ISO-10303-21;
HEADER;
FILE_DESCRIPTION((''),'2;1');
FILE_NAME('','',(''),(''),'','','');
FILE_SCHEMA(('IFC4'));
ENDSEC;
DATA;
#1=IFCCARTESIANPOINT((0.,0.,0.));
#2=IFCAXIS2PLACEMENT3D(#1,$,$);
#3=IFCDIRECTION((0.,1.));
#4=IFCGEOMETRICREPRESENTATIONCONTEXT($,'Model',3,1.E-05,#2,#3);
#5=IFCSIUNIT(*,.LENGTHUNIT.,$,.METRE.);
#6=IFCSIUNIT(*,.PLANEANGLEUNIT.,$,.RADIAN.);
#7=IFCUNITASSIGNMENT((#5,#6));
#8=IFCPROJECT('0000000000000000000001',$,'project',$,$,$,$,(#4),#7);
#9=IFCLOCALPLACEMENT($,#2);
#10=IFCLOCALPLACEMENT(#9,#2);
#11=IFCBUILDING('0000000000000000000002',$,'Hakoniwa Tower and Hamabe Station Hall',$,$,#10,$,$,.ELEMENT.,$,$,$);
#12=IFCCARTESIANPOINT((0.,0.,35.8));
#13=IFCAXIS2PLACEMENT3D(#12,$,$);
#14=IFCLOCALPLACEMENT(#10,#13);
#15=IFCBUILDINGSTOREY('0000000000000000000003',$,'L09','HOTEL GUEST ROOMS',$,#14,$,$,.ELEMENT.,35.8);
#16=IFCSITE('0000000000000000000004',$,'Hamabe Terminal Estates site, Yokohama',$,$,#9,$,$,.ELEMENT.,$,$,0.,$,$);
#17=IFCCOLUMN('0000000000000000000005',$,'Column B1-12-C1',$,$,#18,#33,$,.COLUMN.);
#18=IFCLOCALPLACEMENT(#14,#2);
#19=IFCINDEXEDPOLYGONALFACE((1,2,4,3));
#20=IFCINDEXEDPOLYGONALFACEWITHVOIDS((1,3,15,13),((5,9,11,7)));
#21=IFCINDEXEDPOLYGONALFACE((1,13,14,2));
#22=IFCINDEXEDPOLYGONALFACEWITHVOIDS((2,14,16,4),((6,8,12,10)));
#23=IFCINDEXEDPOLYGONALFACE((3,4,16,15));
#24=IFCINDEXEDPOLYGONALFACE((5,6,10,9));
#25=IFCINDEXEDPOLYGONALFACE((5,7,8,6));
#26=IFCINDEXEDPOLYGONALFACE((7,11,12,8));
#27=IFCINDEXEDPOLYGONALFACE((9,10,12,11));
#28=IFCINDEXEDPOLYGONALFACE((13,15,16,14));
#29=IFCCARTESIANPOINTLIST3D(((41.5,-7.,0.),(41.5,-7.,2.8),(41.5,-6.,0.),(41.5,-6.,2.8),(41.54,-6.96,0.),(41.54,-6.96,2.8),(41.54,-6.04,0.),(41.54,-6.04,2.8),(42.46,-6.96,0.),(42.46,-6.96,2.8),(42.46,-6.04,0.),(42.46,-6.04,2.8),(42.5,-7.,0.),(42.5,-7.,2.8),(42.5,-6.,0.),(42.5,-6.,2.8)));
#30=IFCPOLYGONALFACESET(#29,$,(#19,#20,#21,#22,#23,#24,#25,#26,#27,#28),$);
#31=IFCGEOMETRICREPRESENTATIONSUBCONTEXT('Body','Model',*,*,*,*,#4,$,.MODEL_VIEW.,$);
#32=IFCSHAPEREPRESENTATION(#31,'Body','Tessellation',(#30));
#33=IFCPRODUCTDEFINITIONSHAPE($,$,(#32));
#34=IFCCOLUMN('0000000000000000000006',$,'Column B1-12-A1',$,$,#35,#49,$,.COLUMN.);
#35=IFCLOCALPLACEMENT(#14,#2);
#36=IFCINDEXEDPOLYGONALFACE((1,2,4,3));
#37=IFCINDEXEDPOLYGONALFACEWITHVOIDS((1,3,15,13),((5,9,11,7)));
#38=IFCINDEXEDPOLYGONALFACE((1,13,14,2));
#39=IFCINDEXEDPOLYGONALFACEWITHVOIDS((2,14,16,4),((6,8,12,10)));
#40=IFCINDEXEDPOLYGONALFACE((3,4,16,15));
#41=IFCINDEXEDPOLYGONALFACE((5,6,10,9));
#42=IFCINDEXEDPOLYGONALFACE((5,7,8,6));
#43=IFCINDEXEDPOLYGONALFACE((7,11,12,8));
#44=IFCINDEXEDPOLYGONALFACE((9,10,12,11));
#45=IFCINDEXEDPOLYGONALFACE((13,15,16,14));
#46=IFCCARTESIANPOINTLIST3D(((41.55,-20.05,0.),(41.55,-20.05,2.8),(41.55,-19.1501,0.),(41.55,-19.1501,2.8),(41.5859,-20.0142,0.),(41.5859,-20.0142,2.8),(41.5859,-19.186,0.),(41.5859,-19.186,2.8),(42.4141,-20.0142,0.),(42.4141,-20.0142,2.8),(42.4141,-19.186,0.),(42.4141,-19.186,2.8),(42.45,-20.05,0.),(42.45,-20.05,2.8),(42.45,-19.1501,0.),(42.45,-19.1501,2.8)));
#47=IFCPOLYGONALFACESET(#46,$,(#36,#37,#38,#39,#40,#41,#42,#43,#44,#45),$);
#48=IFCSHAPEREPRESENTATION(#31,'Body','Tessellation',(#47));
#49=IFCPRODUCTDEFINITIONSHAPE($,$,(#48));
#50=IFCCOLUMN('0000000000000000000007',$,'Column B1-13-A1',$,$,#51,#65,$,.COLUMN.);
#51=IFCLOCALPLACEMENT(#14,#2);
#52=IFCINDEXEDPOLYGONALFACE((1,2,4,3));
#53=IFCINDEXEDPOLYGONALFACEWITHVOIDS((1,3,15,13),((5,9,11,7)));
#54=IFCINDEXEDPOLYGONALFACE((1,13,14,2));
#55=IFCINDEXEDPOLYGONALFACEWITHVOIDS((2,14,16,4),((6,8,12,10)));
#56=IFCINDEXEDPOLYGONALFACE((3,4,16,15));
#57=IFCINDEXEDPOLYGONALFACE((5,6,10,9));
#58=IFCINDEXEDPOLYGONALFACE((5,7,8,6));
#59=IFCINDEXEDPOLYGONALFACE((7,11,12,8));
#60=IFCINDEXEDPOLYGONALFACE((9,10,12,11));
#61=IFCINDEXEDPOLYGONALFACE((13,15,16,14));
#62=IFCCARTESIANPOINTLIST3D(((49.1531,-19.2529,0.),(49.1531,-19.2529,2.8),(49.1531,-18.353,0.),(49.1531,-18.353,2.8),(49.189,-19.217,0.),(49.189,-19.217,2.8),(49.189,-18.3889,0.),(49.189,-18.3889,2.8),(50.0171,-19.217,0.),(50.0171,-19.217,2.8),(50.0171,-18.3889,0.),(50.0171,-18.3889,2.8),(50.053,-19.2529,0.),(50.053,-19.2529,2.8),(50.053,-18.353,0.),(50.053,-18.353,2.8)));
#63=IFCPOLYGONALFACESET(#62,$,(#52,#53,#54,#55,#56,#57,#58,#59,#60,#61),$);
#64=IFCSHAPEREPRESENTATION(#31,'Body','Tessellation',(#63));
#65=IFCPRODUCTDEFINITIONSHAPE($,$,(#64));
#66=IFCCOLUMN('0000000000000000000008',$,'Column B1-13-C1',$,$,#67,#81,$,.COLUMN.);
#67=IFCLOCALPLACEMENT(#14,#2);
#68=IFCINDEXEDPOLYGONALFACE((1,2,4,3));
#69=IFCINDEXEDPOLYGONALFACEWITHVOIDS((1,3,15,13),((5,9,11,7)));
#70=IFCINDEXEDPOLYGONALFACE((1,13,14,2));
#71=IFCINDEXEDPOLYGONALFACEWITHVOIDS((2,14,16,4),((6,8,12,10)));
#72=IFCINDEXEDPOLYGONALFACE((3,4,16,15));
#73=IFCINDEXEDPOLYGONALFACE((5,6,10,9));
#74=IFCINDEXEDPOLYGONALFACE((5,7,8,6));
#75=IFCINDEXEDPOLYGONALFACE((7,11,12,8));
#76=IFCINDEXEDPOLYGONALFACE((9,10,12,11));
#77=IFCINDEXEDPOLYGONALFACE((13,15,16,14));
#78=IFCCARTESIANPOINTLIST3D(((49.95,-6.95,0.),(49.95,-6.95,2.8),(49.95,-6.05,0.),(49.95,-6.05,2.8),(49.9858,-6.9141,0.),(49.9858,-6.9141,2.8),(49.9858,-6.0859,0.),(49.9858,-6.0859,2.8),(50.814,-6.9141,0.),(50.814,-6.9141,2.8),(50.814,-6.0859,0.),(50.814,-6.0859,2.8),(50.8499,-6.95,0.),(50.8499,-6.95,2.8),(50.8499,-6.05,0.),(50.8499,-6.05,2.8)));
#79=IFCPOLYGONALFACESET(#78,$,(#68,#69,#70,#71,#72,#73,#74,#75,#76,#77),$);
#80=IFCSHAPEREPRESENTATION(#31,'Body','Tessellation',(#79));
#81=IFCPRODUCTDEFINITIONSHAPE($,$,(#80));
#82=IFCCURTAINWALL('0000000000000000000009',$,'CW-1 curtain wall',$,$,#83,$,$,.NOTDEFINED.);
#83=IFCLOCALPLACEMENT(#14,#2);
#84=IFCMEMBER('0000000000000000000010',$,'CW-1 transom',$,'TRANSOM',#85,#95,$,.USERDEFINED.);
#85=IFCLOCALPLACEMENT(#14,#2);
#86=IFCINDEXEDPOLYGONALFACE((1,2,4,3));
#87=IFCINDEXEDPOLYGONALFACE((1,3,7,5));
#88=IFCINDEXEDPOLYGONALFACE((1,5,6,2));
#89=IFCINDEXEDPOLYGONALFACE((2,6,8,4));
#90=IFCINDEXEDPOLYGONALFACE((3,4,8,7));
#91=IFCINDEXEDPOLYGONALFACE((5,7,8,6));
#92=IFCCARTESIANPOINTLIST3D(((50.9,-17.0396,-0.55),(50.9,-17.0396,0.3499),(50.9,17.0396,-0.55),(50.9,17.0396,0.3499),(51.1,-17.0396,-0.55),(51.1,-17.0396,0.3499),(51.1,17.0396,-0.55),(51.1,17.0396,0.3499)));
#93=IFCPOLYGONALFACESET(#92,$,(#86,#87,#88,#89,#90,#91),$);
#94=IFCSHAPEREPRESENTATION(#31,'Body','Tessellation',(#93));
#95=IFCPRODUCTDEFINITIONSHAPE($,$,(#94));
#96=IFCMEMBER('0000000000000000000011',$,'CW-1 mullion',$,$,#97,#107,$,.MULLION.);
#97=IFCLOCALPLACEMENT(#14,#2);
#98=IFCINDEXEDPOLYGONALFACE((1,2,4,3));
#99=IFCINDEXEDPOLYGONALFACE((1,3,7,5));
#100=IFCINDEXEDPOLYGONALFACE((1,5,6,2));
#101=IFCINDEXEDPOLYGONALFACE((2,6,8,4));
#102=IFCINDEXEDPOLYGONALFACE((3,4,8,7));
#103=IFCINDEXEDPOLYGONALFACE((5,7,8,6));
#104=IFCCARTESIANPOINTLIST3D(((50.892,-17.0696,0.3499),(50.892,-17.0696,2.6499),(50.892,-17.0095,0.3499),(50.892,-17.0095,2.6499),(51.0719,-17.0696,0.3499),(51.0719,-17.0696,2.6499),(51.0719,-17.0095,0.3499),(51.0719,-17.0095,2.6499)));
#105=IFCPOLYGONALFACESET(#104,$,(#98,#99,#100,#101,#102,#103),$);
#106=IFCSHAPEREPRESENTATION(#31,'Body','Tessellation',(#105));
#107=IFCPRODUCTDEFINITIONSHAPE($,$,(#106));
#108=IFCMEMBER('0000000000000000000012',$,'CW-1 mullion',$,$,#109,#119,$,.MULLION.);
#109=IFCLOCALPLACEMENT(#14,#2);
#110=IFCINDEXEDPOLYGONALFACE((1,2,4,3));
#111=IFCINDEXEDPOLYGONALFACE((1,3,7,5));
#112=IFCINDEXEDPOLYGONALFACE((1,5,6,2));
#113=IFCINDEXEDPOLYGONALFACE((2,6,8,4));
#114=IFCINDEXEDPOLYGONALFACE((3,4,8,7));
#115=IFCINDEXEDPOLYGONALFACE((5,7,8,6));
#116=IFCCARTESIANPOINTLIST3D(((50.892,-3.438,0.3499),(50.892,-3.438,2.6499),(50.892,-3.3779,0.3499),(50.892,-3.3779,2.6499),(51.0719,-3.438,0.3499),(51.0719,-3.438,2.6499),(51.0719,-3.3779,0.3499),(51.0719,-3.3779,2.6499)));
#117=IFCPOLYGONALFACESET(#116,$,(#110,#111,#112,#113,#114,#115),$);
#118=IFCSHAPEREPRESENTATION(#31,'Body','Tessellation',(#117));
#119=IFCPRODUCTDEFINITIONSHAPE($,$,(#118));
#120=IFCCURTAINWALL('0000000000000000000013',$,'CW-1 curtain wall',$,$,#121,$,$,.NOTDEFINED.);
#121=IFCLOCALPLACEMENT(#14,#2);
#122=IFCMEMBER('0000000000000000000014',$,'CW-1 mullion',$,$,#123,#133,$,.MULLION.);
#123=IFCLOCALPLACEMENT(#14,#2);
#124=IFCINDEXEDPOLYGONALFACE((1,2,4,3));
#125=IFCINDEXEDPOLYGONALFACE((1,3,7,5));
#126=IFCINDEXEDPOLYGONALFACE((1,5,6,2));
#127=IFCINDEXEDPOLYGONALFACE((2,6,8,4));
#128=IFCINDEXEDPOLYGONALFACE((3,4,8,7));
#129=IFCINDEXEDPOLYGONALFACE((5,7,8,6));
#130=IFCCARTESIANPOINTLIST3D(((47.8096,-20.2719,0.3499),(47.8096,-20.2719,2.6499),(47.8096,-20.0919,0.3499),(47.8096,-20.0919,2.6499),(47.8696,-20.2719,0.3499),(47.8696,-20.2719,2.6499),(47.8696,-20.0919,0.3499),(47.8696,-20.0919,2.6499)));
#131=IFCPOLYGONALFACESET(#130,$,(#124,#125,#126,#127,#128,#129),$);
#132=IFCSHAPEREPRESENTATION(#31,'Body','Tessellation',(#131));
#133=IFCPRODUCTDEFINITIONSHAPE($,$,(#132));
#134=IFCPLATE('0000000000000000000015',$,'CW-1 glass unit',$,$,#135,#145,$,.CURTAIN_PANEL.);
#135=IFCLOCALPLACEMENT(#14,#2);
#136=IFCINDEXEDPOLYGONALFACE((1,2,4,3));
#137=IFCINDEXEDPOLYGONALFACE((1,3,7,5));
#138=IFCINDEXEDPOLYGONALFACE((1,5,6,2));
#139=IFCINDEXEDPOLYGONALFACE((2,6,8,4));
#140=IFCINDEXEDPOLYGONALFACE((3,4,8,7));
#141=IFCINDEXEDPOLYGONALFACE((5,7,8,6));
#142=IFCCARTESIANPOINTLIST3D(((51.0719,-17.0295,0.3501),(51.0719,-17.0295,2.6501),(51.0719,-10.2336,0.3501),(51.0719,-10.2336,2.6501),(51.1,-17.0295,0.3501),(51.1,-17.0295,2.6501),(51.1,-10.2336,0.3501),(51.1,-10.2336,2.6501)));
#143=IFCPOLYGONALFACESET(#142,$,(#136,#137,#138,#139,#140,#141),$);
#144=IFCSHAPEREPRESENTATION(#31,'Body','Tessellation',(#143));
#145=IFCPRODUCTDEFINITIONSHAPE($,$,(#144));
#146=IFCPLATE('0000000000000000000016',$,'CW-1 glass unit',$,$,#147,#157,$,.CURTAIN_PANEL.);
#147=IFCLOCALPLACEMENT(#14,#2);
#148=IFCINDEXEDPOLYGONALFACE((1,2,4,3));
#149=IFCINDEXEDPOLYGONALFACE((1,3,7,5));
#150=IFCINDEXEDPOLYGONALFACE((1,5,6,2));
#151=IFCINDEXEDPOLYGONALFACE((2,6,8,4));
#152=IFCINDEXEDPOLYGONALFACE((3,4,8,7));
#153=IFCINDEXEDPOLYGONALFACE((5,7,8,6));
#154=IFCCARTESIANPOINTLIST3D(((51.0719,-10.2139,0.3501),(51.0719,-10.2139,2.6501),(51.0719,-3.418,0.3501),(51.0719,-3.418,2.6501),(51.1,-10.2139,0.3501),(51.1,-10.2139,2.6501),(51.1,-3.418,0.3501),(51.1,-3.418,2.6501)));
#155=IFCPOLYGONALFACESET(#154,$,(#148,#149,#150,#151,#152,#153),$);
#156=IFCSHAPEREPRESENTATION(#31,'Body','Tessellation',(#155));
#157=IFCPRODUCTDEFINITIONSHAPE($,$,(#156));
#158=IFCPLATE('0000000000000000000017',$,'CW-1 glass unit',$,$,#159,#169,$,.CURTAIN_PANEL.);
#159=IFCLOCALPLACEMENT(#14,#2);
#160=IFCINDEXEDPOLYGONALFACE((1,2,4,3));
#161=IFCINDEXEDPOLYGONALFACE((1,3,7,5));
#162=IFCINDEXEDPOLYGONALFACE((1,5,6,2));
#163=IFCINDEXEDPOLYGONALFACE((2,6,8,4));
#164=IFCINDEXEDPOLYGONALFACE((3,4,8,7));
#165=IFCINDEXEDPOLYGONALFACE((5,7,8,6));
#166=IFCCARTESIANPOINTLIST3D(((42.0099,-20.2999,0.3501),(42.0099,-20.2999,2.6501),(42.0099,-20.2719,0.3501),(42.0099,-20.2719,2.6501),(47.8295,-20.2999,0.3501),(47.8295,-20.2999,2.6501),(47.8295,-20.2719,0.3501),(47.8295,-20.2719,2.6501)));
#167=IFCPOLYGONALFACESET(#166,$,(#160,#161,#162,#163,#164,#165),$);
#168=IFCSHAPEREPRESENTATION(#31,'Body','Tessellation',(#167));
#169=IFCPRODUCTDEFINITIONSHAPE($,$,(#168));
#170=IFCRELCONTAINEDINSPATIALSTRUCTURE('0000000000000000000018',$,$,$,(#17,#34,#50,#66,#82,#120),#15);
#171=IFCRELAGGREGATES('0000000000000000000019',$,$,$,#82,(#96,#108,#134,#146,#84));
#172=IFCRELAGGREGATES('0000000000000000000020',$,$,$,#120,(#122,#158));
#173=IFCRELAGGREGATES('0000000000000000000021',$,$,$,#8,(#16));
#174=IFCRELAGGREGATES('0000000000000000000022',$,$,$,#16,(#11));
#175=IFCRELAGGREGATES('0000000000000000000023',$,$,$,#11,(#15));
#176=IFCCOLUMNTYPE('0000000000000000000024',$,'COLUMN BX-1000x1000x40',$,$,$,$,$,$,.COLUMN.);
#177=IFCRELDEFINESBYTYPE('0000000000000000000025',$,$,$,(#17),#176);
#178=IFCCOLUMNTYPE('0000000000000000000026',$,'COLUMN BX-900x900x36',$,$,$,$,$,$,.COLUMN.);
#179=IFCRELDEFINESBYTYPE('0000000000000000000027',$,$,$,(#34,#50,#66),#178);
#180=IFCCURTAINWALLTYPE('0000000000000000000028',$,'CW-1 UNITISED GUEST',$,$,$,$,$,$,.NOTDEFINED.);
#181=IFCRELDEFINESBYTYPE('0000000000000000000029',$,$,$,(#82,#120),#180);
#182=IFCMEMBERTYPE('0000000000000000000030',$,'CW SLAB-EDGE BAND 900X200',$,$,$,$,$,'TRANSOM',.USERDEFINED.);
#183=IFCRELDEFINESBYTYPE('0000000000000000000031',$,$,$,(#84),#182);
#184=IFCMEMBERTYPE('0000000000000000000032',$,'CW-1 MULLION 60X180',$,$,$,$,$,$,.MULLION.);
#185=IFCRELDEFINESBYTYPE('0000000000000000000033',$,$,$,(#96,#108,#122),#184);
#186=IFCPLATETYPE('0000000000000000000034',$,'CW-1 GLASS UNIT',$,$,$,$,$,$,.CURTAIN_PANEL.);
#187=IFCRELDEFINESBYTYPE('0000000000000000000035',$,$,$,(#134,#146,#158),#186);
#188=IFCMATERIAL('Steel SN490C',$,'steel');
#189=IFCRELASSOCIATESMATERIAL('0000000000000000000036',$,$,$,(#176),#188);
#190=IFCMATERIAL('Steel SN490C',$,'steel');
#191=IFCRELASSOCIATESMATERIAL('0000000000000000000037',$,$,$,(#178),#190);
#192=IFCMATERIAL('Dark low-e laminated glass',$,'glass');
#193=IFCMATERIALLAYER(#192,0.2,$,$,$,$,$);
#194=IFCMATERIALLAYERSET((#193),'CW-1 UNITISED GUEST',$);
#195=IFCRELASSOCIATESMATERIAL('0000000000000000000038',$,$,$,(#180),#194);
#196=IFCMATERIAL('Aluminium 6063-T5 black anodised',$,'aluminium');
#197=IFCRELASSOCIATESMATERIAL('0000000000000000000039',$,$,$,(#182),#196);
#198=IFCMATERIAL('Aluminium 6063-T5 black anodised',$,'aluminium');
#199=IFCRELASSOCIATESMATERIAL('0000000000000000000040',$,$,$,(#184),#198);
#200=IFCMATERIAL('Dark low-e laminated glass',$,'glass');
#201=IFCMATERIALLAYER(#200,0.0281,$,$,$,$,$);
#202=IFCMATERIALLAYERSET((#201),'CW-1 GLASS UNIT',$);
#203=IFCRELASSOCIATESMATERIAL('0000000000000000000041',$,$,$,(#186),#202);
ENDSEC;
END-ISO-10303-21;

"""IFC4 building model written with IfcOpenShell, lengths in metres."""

from ifc_helpers import new_model, si_unit, direction, frame, origin, origin_2d, place, context, subcontext, project, spatial, rectangle, hollow_rectangle, extrude, material, layer, layer_set, material_profile, profile_set, type_object, element, aggregate, save


model = new_model("IFC4")

# Units and contexts
model_context = context("Model", 3, precision=1e-05, world=origin(), true_north=direction((0.0, 1.0)))
body_context = subcontext(model_context, "Body", "Model", "MODEL_VIEW")
ifc_project = project(units=[si_unit("LENGTHUNIT", "METRE"), si_unit("PLANEANGLEUNIT", "RADIAN")], contexts=[model_context])

# Site, building, storey
site_placement = place(None, origin())
site = spatial("IfcSite", under=ifc_project, at=site_placement, Name="Hamabe Terminal Estates site, Yokohama", CompositionType="ELEMENT", RefElevation=0.0)
building_placement = place(site_placement, origin())
building = spatial("IfcBuilding", under=site, at=building_placement, Name="Hakoniwa Tower and Hamabe Station Hall", CompositionType="ELEMENT")
storey_placement = place(building_placement, frame((0.0, 0.0, 35.8)))
storey = spatial("IfcBuildingStorey", under=building, at=storey_placement, Name="L09", Description="HOTEL GUEST ROOMS", CompositionType="ELEMENT", Elevation=35.8)

# Columns
ifc_material_1 = material(Name="Steel SN490C", Category="steel")
ifc_material_profile_1 = material_profile(ifc_material_1, hollow_rectangle(XDim=1.0, YDim=1.0, WallThickness=0.04, at=origin_2d()), Name="BX-1000x1000x40")
ifc_profile_set_1 = profile_set([ifc_material_profile_1], Name="Steel SN490C")
column_type_1 = type_object("IfcColumnType", Name="COLUMN BX-1000x1000x40", PredefinedType="COLUMN", material=ifc_profile_set_1)
column_placement = place(storey_placement, frame((42.0, -6.5, 0.0), z_axis=(0.0, 0.0, 1.0), x_axis=(1.0, 0.0, 0.0)))
element("IfcColumn", 1, at=column_placement, inside=storey, type_object=column_type_1, Name="Column B1-12-C1", PredefinedType="COLUMN", context=body_context, shape_type="SweptSolid", body=[
    extrude(hollow_rectangle(XDim=1.0, YDim=1.0, WallThickness=0.04, at=origin_2d()), origin(), (0.0, 0.0, 1.0), 2.8),
])
ifc_material_2 = material(Name="Steel SN490C", Category="steel")
ifc_material_profile_2 = material_profile(ifc_material_2, hollow_rectangle(XDim=0.8999, YDim=0.8999, WallThickness=0.0359, at=origin_2d()), Name="BX-900x900x36")
ifc_profile_set_2 = profile_set([ifc_material_profile_2], Name="Steel SN490C")
column_type_2 = type_object("IfcColumnType", Name="COLUMN BX-900x900x36", PredefinedType="COLUMN", material=ifc_profile_set_2)
for number, where, z_axis, x_axis, name in (
    (2, (42.0, -19.6001, 0.0), (0.0, 0.0, 1.0), (1.0, 0.0, 0.0), "Column B1-12-A1"),
    (3, (49.603, -18.803, 0.0), (0.0, 0.0, 1.0), (1.0, 0.0, 0.0), "Column B1-13-A1"),
    (4, (50.3999, -6.5, 0.0), (0.0, 0.0, 1.0), (1.0, 0.0, 0.0), "Column B1-13-C1"),
):
    element("IfcColumn", number, at=place(storey_placement, frame(where, z_axis=z_axis, x_axis=x_axis)), inside=storey, type_object=column_type_2, Name=name, PredefinedType="COLUMN", context=body_context, shape_type="SweptSolid", body=[
        extrude(hollow_rectangle(XDim=0.8999, YDim=0.8999, WallThickness=0.0359, at=origin_2d()), origin(), (0.0, 0.0, 1.0), 2.8),
    ])

# Curtain wall, members
ifc_material_3 = material(Name="Dark low-e laminated glass", Category="glass")
ifc_layer_1 = layer(ifc_material_3, 0.2)
ifc_layer_set_1 = layer_set([ifc_layer_1], Name="CW-1 UNITISED GUEST")
curtain_wall_type = type_object("IfcCurtainWallType", Name="CW-1 UNITISED GUEST", PredefinedType="NOTDEFINED", material=ifc_layer_set_1)
curtain_wall_1_placement = place(storey_placement, origin())
curtain_wall_1 = element("IfcCurtainWall", 5, at=curtain_wall_1_placement, inside=storey, type_object=curtain_wall_type, Name="CW-1 curtain wall", PredefinedType="NOTDEFINED")
ifc_material_4 = material(Name="Aluminium 6063-T5 black anodised", Category="aluminium")
ifc_material_profile_3 = material_profile(ifc_material_4, rectangle(XDim=0.2, YDim=0.8999, at=origin_2d()), Name="CW SLAB-EDGE BAND 900X200")
ifc_profile_set_3 = profile_set([ifc_material_profile_3], Name="Aluminium 6063-T5 black anodised")
member_type_1 = type_object("IfcMemberType", Name="CW SLAB-EDGE BAND 900X200", ElementType="TRANSOM", PredefinedType="USERDEFINED", material=ifc_profile_set_3)
member_1_placement = place(storey_placement, frame((51.0, -17.0396, -0.1001), z_axis=(0.0, 1.0, 0.0), x_axis=(-1.0, 0.0, 0.0)))
member_1 = element("IfcMember", 6, at=member_1_placement, type_object=member_type_1, Name="CW-1 transom", ObjectType="TRANSOM", PredefinedType="USERDEFINED", context=body_context, shape_type="SweptSolid", body=[
    extrude(rectangle(XDim=0.2, YDim=0.8999, at=origin_2d()), origin(), (0.0, 0.0, 1.0), 34.0791),
])
ifc_material_5 = material(Name="Aluminium 6063-T5 black anodised", Category="aluminium")
ifc_material_profile_4 = material_profile(ifc_material_5, rectangle(XDim=0.0601, YDim=0.1799, at=origin_2d()), Name="CW-1 MULLION 60X180")
ifc_profile_set_4 = profile_set([ifc_material_profile_4], Name="Aluminium 6063-T5 black anodised")
member_type_2 = type_object("IfcMemberType", Name="CW-1 MULLION 60X180", PredefinedType="MULLION", material=ifc_profile_set_4)
member_2_placement = place(storey_placement, frame((50.9819, -17.0396, 0.3499), z_axis=(0.0, 0.0, 1.0), x_axis=(0.0, 1.0, 0.0)))
member_2 = element("IfcMember", 7, at=member_2_placement, type_object=member_type_2, Name="CW-1 mullion", PredefinedType="MULLION", context=body_context, shape_type="SweptSolid", body=[
    extrude(rectangle(XDim=0.0601, YDim=0.1799, at=origin_2d()), origin(), (0.0, 0.0, 1.0), 2.3),
])
member_3_placement = place(storey_placement, frame((50.9819, -3.408, 0.3499), z_axis=(0.0, 0.0, 1.0), x_axis=(0.0, 1.0, 0.0)))
member_3 = element("IfcMember", 8, at=member_3_placement, type_object=member_type_2, Name="CW-1 mullion", PredefinedType="MULLION", context=body_context, shape_type="SweptSolid", body=[
    extrude(rectangle(XDim=0.0601, YDim=0.1799, at=origin_2d()), origin(), (0.0, 0.0, 1.0), 2.3),
])

# Curtain wall, member
curtain_wall_2_placement = place(storey_placement, origin())
curtain_wall_2 = element("IfcCurtainWall", 9, at=curtain_wall_2_placement, inside=storey, type_object=curtain_wall_type, Name="CW-1 curtain wall", PredefinedType="NOTDEFINED")
member_4_placement = place(storey_placement, frame((47.8396, -20.1819, 0.3499), z_axis=(0.0, 0.0, 1.0), x_axis=(1.0, 0.0, 0.0)))
member_4 = element("IfcMember", 10, at=member_4_placement, type_object=member_type_2, Name="CW-1 mullion", PredefinedType="MULLION", context=body_context, shape_type="SweptSolid", body=[
    extrude(rectangle(XDim=0.0601, YDim=0.1799, at=origin_2d()), origin(), (0.0, 0.0, 1.0), 2.3),
])

# Plates
ifc_material_6 = material(Name="Dark low-e laminated glass", Category="glass")
ifc_layer_2 = layer(ifc_material_6, 0.0281)
ifc_layer_set_2 = layer_set([ifc_layer_2], Name="CW-1 GLASS UNIT")
plate_type = type_object("IfcPlateType", Name="CW-1 GLASS UNIT", PredefinedType="CURTAIN_PANEL", material=ifc_layer_set_2)
plate_1_placement = place(storey_placement, frame((51.0859, -13.6316, 0.3501), z_axis=(0.0, 0.0, 1.0), x_axis=(0.0, 1.0, 0.0)))
plate_1 = element("IfcPlate", 11, at=plate_1_placement, type_object=plate_type, Name="CW-1 glass unit", PredefinedType="CURTAIN_PANEL", context=body_context, shape_type="SweptSolid", body=[
    extrude(rectangle(XDim=6.7959, YDim=0.0281, at=origin_2d()), origin(), (0.0, 0.0, 1.0), 2.3),
])
plate_2_placement = place(storey_placement, frame((51.0859, -6.8159, 0.3501), z_axis=(0.0, 0.0, 1.0), x_axis=(0.0, 1.0, 0.0)))
plate_2 = element("IfcPlate", 12, at=plate_2_placement, type_object=plate_type, Name="CW-1 glass unit", PredefinedType="CURTAIN_PANEL", context=body_context, shape_type="SweptSolid", body=[
    extrude(rectangle(XDim=6.7959, YDim=0.0281, at=origin_2d()), origin(), (0.0, 0.0, 1.0), 2.3),
])
aggregate(curtain_wall_1, [member_2, member_3, plate_1, plate_2, member_1])
plate_3_placement = place(storey_placement, frame((44.9197, -20.2859, 0.3501), z_axis=(0.0, 0.0, 1.0), x_axis=(1.0, 0.0, 0.0)))
plate_3 = element("IfcPlate", 13, at=plate_3_placement, type_object=plate_type, Name="CW-1 glass unit", PredefinedType="CURTAIN_PANEL", context=body_context, shape_type="SweptSolid", body=[
    extrude(rectangle(XDim=5.8196, YDim=0.0281, at=origin_2d()), origin(), (0.0, 0.0, 1.0), 2.3),
])
aggregate(curtain_wall_2, [member_4, plate_3])

save(model, "model.ifc")
